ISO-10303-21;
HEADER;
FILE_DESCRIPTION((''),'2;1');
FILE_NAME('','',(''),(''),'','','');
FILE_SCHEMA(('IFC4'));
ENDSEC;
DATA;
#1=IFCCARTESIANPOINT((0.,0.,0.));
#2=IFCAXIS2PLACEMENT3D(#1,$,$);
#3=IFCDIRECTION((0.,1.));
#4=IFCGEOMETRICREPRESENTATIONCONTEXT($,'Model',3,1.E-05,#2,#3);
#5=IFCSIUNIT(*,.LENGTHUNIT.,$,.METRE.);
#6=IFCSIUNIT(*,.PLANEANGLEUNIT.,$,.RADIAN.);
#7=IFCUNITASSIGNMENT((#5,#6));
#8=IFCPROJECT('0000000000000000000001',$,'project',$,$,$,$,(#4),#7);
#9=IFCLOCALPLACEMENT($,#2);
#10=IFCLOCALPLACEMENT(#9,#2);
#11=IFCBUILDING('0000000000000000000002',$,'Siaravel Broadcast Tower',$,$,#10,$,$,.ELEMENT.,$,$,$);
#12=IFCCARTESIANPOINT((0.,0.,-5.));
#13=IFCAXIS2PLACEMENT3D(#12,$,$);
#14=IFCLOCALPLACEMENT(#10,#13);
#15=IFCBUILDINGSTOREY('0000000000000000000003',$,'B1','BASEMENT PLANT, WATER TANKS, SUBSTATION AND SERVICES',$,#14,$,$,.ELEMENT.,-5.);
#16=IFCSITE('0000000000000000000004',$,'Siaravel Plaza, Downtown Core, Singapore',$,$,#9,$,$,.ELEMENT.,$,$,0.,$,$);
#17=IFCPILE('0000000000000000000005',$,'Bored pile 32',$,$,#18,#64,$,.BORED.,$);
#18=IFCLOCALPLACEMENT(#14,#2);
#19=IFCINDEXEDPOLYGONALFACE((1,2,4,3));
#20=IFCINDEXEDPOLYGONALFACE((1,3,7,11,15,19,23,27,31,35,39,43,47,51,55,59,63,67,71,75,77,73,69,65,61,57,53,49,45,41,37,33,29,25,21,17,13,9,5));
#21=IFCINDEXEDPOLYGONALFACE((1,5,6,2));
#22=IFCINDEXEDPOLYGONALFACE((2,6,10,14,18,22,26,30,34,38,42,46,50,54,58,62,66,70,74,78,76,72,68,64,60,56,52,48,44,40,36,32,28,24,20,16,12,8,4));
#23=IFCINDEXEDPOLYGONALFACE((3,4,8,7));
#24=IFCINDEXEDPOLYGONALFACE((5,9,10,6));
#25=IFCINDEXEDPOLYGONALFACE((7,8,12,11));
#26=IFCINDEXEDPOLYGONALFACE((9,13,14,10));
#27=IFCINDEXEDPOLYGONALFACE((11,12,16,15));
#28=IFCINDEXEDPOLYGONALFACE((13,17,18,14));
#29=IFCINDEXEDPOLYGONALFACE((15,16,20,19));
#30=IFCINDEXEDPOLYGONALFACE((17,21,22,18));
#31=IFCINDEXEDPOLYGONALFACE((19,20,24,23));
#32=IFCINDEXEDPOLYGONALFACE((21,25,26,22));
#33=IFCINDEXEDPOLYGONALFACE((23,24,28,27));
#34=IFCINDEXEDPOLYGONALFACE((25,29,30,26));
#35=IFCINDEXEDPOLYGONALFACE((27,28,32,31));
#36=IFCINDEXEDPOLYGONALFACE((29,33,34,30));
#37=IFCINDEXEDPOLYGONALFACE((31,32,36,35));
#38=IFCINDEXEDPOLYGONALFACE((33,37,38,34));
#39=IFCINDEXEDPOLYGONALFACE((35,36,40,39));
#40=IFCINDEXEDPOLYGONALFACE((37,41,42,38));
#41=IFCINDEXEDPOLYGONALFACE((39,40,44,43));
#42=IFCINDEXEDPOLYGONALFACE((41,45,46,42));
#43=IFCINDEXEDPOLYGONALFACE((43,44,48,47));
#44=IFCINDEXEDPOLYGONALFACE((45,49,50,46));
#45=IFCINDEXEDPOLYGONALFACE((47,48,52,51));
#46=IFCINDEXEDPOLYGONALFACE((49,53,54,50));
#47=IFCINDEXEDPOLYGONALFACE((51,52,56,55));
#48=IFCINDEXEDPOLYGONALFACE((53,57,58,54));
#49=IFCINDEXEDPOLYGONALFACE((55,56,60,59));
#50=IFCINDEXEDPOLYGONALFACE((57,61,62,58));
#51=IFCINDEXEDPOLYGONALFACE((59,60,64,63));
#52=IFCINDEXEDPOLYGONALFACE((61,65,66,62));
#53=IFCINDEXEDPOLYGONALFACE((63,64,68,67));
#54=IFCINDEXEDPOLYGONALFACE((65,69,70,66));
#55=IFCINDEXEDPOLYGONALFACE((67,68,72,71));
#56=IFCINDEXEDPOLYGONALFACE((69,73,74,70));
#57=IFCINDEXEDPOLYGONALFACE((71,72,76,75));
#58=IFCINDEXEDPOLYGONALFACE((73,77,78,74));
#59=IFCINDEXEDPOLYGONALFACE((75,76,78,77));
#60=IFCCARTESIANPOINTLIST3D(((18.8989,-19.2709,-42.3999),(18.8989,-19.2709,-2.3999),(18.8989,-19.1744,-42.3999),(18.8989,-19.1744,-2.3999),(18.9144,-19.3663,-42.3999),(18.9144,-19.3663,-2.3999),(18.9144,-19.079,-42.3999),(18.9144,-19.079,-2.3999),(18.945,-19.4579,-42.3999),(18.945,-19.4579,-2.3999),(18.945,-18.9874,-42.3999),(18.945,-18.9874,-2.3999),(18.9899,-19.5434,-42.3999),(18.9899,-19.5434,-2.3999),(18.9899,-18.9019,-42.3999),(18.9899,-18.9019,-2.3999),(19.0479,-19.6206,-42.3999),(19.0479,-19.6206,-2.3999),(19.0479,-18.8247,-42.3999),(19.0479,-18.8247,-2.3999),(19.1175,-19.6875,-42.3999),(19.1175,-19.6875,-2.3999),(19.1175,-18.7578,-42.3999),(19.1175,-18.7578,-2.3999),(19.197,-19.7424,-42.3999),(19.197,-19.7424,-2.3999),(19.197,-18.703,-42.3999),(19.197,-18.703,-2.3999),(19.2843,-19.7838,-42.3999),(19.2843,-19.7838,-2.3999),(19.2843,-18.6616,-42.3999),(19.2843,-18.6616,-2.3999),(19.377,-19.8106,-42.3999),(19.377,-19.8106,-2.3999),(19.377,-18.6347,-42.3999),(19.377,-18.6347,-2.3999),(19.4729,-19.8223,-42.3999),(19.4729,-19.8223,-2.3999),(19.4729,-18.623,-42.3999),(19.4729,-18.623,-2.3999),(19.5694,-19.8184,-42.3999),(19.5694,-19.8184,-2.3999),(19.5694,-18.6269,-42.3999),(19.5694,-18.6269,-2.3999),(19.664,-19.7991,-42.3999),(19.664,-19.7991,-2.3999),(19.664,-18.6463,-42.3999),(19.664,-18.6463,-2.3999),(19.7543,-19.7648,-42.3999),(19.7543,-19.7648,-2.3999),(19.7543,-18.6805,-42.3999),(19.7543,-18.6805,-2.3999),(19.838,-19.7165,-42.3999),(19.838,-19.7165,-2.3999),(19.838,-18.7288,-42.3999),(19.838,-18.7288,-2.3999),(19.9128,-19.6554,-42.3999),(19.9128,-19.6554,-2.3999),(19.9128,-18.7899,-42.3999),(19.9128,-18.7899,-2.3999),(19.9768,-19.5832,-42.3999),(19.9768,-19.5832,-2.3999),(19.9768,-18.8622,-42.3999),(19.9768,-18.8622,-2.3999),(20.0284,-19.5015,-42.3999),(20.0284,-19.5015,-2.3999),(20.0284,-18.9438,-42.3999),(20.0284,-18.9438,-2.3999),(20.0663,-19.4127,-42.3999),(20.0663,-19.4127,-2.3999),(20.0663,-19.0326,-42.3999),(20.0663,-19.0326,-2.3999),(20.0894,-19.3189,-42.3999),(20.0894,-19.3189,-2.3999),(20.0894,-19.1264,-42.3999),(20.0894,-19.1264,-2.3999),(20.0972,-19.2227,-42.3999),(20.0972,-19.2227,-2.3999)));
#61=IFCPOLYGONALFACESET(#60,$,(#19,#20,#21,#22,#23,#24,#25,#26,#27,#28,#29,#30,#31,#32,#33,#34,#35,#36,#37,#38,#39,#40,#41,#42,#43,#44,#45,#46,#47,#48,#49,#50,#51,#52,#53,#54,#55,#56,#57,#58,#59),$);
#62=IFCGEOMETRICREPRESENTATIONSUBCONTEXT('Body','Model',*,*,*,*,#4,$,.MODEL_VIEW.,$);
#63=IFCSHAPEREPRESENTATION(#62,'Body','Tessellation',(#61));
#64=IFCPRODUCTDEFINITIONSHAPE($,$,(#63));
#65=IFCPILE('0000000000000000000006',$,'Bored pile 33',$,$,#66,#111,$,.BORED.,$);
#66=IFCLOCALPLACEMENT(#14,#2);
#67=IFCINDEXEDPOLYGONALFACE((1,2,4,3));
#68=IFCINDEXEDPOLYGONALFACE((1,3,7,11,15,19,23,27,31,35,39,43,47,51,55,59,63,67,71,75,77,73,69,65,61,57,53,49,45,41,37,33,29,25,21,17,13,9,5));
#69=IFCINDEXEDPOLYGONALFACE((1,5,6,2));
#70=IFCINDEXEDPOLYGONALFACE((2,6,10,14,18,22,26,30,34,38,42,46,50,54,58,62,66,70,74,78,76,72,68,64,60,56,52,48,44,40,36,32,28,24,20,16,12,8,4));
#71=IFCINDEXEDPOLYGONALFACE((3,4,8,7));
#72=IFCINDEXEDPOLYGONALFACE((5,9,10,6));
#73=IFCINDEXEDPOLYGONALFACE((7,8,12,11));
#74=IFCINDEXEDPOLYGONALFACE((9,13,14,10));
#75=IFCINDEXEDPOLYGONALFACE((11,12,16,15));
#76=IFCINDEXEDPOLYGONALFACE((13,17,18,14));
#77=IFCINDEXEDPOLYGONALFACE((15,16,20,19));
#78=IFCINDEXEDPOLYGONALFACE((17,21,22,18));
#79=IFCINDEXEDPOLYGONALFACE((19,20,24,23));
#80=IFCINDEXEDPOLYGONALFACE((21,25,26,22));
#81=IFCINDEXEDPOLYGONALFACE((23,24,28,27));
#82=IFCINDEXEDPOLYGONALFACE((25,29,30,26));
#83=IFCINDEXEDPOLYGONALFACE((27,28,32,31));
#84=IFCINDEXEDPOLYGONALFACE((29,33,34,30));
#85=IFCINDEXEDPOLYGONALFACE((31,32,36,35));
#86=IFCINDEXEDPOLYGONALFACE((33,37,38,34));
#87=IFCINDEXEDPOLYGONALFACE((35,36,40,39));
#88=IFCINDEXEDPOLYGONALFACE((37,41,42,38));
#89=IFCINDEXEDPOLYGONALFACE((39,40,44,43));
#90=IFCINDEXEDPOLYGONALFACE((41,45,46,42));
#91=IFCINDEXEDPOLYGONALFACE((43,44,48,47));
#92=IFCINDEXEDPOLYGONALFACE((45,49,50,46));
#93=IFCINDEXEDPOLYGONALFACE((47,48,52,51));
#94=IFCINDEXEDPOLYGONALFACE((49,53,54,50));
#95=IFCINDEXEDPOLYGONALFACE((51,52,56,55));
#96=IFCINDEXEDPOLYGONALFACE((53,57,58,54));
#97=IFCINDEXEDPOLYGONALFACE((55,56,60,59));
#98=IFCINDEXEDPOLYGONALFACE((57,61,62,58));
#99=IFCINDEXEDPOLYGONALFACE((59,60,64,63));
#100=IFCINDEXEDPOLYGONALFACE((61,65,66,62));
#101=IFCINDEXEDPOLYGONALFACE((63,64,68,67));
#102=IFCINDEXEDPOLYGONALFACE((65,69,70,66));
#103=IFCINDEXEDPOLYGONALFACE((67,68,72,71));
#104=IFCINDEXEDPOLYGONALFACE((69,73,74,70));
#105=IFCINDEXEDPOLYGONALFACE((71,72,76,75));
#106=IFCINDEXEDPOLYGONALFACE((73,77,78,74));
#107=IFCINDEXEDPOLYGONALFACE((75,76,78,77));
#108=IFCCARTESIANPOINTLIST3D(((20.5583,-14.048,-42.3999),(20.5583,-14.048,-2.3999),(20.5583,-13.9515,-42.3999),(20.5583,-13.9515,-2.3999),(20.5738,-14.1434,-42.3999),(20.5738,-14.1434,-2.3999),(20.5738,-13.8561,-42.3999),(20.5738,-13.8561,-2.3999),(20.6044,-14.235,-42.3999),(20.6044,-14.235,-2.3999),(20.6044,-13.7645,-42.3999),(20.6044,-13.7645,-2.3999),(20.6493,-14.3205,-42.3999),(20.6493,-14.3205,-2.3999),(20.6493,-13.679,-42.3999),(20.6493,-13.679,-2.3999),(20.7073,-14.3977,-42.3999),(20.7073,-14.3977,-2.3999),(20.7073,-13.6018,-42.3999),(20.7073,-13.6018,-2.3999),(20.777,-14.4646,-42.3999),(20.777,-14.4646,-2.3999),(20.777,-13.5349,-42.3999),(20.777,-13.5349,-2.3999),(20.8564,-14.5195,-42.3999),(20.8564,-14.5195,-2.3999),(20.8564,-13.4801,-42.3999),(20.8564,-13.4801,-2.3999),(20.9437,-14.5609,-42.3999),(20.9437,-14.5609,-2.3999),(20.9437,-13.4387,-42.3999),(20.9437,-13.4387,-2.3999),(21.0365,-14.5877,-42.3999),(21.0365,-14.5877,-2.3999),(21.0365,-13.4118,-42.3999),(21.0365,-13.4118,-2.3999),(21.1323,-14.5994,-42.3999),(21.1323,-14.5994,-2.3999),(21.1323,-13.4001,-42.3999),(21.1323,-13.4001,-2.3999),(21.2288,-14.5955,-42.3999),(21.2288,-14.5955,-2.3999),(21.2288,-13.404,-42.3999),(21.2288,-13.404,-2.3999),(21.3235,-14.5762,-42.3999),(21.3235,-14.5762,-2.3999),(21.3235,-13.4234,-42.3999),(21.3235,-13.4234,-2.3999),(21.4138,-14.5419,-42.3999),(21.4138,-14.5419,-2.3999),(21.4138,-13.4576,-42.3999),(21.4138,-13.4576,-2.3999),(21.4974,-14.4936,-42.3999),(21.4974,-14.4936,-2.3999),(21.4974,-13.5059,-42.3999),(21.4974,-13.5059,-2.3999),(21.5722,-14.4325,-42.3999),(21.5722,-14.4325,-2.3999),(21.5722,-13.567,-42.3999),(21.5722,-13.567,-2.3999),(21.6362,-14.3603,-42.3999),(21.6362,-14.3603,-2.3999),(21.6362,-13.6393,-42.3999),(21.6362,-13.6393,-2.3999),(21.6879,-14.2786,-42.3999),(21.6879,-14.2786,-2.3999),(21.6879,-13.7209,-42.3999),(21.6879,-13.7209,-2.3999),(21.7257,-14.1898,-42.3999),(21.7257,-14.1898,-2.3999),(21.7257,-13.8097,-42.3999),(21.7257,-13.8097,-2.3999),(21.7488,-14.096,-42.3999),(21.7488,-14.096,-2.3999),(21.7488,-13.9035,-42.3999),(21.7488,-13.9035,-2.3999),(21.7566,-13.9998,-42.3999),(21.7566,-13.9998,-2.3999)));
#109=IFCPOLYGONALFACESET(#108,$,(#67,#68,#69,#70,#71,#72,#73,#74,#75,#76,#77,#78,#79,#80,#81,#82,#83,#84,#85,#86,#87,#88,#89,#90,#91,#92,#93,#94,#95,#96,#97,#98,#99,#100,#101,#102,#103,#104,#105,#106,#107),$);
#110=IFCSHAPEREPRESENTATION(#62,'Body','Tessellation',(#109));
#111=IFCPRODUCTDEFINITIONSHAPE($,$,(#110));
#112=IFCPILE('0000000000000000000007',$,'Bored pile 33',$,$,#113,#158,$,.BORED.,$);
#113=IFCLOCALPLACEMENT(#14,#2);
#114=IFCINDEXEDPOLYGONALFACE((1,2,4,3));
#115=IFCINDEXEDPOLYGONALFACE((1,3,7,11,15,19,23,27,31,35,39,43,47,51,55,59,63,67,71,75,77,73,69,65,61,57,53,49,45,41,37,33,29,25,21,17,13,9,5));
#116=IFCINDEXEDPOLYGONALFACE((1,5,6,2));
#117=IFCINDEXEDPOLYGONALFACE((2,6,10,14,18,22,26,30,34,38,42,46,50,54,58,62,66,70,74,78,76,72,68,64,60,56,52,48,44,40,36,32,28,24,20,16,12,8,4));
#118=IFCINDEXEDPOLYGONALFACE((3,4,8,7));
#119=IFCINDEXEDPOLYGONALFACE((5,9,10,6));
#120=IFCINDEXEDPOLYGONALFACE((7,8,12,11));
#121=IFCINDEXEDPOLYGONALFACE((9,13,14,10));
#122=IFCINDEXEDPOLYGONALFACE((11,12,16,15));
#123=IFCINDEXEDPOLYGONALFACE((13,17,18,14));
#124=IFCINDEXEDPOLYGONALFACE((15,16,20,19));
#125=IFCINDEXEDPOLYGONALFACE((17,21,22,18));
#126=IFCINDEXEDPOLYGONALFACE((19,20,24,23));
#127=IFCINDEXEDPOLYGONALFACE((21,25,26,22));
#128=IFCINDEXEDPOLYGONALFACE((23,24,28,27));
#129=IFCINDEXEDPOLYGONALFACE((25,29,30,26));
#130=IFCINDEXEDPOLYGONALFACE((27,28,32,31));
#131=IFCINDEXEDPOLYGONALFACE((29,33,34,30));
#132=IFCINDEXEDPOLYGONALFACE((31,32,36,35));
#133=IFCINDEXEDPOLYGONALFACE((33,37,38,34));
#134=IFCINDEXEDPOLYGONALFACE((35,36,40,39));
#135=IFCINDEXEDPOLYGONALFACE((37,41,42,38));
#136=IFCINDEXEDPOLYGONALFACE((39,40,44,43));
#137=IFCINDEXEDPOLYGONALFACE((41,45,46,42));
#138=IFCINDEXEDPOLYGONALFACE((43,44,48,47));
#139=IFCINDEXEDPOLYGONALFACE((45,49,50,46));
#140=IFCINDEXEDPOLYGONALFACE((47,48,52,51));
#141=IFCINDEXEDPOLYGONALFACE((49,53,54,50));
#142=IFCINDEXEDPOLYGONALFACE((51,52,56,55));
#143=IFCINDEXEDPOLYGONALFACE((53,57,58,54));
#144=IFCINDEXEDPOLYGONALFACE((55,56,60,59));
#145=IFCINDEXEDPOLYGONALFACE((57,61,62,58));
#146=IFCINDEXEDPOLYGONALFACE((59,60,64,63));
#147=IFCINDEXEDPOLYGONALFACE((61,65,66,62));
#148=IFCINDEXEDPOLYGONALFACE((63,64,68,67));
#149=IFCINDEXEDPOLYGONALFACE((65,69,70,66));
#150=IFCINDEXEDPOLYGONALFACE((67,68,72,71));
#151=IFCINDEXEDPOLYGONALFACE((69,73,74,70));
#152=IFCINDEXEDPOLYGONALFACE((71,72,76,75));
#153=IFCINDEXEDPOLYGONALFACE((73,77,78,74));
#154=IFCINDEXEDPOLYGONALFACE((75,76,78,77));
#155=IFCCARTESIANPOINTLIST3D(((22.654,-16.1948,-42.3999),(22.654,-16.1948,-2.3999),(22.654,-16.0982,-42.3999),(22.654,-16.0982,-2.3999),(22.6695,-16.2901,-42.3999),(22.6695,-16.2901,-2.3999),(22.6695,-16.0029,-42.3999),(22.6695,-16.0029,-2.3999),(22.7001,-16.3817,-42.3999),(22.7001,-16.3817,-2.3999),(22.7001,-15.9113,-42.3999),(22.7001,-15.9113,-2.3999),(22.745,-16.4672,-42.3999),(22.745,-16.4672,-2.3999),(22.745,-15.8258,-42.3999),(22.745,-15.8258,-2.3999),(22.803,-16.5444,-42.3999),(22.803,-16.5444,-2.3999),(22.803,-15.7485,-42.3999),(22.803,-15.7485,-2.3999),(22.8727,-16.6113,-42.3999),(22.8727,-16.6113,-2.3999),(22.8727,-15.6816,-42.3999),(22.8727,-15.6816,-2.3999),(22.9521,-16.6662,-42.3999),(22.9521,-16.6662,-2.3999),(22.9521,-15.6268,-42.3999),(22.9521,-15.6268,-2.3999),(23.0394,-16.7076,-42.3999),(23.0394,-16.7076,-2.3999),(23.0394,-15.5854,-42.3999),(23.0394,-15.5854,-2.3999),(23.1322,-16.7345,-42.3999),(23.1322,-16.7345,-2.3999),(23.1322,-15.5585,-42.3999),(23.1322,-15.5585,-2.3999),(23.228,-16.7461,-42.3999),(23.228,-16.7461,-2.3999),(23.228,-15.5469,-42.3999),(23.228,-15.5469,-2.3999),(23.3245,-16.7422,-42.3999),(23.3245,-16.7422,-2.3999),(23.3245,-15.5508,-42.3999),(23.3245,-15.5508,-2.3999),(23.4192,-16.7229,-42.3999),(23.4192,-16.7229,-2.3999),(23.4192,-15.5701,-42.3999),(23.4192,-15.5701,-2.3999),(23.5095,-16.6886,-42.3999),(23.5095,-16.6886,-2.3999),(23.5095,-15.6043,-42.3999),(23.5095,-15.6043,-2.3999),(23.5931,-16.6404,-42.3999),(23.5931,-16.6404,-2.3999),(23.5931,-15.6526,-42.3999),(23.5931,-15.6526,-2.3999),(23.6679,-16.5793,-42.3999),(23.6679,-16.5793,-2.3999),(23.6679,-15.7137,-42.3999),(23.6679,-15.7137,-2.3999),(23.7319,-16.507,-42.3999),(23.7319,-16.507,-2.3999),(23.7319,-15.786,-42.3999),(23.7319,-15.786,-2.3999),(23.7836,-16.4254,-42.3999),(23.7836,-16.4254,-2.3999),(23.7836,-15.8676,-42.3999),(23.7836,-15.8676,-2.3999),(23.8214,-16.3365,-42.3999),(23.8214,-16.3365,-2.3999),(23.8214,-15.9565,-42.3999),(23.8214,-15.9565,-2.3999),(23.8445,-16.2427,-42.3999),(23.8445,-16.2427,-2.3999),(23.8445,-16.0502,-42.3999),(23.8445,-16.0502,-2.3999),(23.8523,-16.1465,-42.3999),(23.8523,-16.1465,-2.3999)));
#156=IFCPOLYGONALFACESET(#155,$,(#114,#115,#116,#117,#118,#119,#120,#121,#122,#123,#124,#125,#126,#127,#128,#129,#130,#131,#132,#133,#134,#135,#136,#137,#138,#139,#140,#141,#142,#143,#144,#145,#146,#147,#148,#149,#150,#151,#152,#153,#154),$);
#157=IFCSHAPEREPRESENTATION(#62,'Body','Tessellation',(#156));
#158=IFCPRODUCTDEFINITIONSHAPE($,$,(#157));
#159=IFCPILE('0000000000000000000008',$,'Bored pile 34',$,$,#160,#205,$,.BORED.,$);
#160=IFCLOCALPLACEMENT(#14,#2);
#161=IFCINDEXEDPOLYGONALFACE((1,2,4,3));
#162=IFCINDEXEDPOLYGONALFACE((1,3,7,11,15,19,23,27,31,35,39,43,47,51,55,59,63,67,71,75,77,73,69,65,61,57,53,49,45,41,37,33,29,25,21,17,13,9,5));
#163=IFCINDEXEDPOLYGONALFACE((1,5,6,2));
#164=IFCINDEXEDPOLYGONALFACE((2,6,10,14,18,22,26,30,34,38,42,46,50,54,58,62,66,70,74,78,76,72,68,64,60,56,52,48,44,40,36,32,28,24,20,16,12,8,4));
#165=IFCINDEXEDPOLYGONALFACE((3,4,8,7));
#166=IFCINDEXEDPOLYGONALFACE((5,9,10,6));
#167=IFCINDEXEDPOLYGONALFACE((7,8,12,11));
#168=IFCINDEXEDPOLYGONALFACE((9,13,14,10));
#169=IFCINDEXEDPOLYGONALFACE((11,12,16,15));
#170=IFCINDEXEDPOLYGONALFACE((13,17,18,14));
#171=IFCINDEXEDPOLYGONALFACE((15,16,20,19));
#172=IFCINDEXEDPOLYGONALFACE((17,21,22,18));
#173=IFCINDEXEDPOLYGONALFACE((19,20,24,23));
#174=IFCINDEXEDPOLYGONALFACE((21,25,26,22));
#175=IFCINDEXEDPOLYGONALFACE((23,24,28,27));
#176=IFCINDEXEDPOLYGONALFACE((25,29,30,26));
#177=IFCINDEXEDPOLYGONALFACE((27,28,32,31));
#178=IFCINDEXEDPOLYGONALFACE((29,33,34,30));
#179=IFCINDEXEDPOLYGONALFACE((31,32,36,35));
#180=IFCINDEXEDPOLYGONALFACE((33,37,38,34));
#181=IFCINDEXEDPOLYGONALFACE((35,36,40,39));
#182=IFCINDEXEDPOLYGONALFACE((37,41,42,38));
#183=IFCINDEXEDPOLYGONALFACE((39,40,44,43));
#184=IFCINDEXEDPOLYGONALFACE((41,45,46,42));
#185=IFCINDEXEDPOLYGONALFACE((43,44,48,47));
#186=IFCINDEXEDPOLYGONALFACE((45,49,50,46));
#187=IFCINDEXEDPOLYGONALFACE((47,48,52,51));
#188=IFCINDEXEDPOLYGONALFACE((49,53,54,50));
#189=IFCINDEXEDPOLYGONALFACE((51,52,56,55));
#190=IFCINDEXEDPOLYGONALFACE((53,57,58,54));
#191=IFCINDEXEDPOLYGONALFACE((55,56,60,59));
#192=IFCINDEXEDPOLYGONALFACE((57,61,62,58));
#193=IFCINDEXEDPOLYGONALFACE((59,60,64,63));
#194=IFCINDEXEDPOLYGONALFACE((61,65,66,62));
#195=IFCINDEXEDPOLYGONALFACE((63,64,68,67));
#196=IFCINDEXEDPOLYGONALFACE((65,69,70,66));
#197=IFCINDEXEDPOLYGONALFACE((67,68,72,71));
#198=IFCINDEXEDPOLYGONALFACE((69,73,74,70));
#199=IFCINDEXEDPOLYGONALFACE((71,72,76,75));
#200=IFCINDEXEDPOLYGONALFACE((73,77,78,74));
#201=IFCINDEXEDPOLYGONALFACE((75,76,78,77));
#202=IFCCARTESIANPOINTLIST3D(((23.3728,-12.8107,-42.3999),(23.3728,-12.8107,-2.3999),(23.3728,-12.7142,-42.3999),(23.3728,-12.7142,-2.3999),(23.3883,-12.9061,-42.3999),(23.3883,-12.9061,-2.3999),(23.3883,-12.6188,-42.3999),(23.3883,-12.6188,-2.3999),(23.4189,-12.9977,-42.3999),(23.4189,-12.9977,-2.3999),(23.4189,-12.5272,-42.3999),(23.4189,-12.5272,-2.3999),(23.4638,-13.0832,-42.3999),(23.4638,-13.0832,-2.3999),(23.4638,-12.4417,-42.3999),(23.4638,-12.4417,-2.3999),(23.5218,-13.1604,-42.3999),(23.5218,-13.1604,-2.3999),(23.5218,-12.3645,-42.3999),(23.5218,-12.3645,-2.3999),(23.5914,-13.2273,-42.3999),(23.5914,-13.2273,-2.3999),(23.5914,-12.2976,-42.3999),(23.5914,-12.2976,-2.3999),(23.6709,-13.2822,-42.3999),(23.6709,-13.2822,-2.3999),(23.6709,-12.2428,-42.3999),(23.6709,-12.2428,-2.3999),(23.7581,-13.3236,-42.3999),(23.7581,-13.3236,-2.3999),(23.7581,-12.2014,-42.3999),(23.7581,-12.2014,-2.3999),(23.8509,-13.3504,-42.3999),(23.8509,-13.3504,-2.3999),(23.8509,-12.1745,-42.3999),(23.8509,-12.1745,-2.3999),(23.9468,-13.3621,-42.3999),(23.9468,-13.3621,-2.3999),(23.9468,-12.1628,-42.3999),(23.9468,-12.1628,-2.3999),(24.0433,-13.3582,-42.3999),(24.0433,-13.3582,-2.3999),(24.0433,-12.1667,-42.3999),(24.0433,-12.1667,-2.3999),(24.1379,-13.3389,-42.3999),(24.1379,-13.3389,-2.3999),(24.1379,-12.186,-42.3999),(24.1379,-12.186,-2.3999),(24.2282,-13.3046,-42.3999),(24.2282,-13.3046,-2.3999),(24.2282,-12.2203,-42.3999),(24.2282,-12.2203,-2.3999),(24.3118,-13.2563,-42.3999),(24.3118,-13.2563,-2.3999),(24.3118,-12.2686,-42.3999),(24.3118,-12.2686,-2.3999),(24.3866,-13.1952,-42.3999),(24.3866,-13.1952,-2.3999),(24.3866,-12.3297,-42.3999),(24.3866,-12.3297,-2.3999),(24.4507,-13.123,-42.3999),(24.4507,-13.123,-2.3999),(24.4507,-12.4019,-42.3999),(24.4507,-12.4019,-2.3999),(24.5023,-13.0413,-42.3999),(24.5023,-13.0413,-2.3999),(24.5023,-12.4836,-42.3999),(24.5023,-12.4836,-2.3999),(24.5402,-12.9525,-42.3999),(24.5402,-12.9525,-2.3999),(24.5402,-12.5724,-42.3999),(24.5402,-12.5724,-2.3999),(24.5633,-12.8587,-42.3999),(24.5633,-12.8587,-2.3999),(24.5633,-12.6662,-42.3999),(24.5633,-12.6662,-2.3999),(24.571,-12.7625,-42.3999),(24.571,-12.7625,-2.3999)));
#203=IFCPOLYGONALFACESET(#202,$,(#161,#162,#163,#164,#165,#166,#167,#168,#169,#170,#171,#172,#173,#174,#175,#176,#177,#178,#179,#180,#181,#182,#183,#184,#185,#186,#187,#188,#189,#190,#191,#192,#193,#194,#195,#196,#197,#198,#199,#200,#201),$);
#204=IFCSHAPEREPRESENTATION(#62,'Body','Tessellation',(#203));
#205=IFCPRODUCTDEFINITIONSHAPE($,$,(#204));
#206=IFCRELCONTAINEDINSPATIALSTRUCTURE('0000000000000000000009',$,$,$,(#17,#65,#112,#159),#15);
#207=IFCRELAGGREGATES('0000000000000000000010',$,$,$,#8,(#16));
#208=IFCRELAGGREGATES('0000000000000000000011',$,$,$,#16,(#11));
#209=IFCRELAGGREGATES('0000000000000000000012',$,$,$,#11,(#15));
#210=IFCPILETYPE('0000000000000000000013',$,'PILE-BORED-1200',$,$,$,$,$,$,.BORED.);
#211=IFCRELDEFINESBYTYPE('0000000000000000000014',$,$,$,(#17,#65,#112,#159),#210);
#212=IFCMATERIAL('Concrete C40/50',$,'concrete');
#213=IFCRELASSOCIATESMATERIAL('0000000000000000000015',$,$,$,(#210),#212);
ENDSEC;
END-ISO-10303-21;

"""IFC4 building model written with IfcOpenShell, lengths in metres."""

from ifc_helpers import new_model, si_unit, direction, frame, origin, origin_2d, place, context, subcontext, project, spatial, circle, extrude, material, material_profile, profile_set, type_object, element, save


model = new_model("IFC4")

# Units and contexts
model_context = context("Model", 3, precision=1e-05, world=origin(), true_north=direction((0.0, 1.0)))
body_context = subcontext(model_context, "Body", "Model", "MODEL_VIEW")
ifc_project = project(units=[si_unit("LENGTHUNIT", "METRE"), si_unit("PLANEANGLEUNIT", "RADIAN")], contexts=[model_context])

# Site, building, storey
site_placement = place(None, origin())
site = spatial("IfcSite", under=ifc_project, at=site_placement, Name="Siaravel Plaza, Downtown Core, Singapore", CompositionType="ELEMENT", RefElevation=0.0)
building_placement = place(site_placement, origin())
building = spatial("IfcBuilding", under=site, at=building_placement, Name="Siaravel Broadcast Tower", CompositionType="ELEMENT")
storey_placement = place(building_placement, frame((0.0, 0.0, -5.0)))
storey = spatial("IfcBuildingStorey", under=building, at=storey_placement, Name="B1", Description="BASEMENT PLANT, WATER TANKS, SUBSTATION AND SERVICES", CompositionType="ELEMENT", Elevation=-5.0)

# Shared definitions
ifc_material_1 = material(Name="Concrete C40/50", Category="concrete")

# Piles
ifc_material_profile_1 = material_profile(ifc_material_1, circle(Radius=0.6001, at=origin_2d()))
ifc_profile_set_1 = profile_set([ifc_material_profile_1], Name="Concrete C40/50")
pile_type = type_object("IfcPileType", Name="PILE-BORED-1200", PredefinedType="BORED", material=ifc_profile_set_1)
for number, where, z_axis, x_axis, name in (
    (1, (19.4971, -19.2227, -2.3999), (0.0, 0.0, -1.0), (1.0, 0.0, 0.0), "Bored pile 32"),
    (2, (21.1565, -13.9998, -2.3999), (0.0, 0.0, -1.0), (1.0, 0.0, 0.0), "Bored pile 33"),
    (3, (23.2522, -16.1465, -2.3999), (0.0, 0.0, -1.0), (1.0, 0.0, 0.0), "Bored pile 33"),
    (4, (23.9709, -12.7625, -2.3999), (0.0, 0.0, -1.0), (1.0, 0.0, 0.0), "Bored pile 34"),
):
    element("IfcPile", number, at=place(storey_placement, frame(where, z_axis=z_axis, x_axis=x_axis)), inside=storey, type_object=pile_type, Name=name, PredefinedType="BORED", context=body_context, shape_type="SweptSolid", body=[
        extrude(circle(Radius=0.6001, at=origin_2d()), origin(), (0.0, 0.0, 1.0), 40.0),
    ])

save(model, "model.ifc")
